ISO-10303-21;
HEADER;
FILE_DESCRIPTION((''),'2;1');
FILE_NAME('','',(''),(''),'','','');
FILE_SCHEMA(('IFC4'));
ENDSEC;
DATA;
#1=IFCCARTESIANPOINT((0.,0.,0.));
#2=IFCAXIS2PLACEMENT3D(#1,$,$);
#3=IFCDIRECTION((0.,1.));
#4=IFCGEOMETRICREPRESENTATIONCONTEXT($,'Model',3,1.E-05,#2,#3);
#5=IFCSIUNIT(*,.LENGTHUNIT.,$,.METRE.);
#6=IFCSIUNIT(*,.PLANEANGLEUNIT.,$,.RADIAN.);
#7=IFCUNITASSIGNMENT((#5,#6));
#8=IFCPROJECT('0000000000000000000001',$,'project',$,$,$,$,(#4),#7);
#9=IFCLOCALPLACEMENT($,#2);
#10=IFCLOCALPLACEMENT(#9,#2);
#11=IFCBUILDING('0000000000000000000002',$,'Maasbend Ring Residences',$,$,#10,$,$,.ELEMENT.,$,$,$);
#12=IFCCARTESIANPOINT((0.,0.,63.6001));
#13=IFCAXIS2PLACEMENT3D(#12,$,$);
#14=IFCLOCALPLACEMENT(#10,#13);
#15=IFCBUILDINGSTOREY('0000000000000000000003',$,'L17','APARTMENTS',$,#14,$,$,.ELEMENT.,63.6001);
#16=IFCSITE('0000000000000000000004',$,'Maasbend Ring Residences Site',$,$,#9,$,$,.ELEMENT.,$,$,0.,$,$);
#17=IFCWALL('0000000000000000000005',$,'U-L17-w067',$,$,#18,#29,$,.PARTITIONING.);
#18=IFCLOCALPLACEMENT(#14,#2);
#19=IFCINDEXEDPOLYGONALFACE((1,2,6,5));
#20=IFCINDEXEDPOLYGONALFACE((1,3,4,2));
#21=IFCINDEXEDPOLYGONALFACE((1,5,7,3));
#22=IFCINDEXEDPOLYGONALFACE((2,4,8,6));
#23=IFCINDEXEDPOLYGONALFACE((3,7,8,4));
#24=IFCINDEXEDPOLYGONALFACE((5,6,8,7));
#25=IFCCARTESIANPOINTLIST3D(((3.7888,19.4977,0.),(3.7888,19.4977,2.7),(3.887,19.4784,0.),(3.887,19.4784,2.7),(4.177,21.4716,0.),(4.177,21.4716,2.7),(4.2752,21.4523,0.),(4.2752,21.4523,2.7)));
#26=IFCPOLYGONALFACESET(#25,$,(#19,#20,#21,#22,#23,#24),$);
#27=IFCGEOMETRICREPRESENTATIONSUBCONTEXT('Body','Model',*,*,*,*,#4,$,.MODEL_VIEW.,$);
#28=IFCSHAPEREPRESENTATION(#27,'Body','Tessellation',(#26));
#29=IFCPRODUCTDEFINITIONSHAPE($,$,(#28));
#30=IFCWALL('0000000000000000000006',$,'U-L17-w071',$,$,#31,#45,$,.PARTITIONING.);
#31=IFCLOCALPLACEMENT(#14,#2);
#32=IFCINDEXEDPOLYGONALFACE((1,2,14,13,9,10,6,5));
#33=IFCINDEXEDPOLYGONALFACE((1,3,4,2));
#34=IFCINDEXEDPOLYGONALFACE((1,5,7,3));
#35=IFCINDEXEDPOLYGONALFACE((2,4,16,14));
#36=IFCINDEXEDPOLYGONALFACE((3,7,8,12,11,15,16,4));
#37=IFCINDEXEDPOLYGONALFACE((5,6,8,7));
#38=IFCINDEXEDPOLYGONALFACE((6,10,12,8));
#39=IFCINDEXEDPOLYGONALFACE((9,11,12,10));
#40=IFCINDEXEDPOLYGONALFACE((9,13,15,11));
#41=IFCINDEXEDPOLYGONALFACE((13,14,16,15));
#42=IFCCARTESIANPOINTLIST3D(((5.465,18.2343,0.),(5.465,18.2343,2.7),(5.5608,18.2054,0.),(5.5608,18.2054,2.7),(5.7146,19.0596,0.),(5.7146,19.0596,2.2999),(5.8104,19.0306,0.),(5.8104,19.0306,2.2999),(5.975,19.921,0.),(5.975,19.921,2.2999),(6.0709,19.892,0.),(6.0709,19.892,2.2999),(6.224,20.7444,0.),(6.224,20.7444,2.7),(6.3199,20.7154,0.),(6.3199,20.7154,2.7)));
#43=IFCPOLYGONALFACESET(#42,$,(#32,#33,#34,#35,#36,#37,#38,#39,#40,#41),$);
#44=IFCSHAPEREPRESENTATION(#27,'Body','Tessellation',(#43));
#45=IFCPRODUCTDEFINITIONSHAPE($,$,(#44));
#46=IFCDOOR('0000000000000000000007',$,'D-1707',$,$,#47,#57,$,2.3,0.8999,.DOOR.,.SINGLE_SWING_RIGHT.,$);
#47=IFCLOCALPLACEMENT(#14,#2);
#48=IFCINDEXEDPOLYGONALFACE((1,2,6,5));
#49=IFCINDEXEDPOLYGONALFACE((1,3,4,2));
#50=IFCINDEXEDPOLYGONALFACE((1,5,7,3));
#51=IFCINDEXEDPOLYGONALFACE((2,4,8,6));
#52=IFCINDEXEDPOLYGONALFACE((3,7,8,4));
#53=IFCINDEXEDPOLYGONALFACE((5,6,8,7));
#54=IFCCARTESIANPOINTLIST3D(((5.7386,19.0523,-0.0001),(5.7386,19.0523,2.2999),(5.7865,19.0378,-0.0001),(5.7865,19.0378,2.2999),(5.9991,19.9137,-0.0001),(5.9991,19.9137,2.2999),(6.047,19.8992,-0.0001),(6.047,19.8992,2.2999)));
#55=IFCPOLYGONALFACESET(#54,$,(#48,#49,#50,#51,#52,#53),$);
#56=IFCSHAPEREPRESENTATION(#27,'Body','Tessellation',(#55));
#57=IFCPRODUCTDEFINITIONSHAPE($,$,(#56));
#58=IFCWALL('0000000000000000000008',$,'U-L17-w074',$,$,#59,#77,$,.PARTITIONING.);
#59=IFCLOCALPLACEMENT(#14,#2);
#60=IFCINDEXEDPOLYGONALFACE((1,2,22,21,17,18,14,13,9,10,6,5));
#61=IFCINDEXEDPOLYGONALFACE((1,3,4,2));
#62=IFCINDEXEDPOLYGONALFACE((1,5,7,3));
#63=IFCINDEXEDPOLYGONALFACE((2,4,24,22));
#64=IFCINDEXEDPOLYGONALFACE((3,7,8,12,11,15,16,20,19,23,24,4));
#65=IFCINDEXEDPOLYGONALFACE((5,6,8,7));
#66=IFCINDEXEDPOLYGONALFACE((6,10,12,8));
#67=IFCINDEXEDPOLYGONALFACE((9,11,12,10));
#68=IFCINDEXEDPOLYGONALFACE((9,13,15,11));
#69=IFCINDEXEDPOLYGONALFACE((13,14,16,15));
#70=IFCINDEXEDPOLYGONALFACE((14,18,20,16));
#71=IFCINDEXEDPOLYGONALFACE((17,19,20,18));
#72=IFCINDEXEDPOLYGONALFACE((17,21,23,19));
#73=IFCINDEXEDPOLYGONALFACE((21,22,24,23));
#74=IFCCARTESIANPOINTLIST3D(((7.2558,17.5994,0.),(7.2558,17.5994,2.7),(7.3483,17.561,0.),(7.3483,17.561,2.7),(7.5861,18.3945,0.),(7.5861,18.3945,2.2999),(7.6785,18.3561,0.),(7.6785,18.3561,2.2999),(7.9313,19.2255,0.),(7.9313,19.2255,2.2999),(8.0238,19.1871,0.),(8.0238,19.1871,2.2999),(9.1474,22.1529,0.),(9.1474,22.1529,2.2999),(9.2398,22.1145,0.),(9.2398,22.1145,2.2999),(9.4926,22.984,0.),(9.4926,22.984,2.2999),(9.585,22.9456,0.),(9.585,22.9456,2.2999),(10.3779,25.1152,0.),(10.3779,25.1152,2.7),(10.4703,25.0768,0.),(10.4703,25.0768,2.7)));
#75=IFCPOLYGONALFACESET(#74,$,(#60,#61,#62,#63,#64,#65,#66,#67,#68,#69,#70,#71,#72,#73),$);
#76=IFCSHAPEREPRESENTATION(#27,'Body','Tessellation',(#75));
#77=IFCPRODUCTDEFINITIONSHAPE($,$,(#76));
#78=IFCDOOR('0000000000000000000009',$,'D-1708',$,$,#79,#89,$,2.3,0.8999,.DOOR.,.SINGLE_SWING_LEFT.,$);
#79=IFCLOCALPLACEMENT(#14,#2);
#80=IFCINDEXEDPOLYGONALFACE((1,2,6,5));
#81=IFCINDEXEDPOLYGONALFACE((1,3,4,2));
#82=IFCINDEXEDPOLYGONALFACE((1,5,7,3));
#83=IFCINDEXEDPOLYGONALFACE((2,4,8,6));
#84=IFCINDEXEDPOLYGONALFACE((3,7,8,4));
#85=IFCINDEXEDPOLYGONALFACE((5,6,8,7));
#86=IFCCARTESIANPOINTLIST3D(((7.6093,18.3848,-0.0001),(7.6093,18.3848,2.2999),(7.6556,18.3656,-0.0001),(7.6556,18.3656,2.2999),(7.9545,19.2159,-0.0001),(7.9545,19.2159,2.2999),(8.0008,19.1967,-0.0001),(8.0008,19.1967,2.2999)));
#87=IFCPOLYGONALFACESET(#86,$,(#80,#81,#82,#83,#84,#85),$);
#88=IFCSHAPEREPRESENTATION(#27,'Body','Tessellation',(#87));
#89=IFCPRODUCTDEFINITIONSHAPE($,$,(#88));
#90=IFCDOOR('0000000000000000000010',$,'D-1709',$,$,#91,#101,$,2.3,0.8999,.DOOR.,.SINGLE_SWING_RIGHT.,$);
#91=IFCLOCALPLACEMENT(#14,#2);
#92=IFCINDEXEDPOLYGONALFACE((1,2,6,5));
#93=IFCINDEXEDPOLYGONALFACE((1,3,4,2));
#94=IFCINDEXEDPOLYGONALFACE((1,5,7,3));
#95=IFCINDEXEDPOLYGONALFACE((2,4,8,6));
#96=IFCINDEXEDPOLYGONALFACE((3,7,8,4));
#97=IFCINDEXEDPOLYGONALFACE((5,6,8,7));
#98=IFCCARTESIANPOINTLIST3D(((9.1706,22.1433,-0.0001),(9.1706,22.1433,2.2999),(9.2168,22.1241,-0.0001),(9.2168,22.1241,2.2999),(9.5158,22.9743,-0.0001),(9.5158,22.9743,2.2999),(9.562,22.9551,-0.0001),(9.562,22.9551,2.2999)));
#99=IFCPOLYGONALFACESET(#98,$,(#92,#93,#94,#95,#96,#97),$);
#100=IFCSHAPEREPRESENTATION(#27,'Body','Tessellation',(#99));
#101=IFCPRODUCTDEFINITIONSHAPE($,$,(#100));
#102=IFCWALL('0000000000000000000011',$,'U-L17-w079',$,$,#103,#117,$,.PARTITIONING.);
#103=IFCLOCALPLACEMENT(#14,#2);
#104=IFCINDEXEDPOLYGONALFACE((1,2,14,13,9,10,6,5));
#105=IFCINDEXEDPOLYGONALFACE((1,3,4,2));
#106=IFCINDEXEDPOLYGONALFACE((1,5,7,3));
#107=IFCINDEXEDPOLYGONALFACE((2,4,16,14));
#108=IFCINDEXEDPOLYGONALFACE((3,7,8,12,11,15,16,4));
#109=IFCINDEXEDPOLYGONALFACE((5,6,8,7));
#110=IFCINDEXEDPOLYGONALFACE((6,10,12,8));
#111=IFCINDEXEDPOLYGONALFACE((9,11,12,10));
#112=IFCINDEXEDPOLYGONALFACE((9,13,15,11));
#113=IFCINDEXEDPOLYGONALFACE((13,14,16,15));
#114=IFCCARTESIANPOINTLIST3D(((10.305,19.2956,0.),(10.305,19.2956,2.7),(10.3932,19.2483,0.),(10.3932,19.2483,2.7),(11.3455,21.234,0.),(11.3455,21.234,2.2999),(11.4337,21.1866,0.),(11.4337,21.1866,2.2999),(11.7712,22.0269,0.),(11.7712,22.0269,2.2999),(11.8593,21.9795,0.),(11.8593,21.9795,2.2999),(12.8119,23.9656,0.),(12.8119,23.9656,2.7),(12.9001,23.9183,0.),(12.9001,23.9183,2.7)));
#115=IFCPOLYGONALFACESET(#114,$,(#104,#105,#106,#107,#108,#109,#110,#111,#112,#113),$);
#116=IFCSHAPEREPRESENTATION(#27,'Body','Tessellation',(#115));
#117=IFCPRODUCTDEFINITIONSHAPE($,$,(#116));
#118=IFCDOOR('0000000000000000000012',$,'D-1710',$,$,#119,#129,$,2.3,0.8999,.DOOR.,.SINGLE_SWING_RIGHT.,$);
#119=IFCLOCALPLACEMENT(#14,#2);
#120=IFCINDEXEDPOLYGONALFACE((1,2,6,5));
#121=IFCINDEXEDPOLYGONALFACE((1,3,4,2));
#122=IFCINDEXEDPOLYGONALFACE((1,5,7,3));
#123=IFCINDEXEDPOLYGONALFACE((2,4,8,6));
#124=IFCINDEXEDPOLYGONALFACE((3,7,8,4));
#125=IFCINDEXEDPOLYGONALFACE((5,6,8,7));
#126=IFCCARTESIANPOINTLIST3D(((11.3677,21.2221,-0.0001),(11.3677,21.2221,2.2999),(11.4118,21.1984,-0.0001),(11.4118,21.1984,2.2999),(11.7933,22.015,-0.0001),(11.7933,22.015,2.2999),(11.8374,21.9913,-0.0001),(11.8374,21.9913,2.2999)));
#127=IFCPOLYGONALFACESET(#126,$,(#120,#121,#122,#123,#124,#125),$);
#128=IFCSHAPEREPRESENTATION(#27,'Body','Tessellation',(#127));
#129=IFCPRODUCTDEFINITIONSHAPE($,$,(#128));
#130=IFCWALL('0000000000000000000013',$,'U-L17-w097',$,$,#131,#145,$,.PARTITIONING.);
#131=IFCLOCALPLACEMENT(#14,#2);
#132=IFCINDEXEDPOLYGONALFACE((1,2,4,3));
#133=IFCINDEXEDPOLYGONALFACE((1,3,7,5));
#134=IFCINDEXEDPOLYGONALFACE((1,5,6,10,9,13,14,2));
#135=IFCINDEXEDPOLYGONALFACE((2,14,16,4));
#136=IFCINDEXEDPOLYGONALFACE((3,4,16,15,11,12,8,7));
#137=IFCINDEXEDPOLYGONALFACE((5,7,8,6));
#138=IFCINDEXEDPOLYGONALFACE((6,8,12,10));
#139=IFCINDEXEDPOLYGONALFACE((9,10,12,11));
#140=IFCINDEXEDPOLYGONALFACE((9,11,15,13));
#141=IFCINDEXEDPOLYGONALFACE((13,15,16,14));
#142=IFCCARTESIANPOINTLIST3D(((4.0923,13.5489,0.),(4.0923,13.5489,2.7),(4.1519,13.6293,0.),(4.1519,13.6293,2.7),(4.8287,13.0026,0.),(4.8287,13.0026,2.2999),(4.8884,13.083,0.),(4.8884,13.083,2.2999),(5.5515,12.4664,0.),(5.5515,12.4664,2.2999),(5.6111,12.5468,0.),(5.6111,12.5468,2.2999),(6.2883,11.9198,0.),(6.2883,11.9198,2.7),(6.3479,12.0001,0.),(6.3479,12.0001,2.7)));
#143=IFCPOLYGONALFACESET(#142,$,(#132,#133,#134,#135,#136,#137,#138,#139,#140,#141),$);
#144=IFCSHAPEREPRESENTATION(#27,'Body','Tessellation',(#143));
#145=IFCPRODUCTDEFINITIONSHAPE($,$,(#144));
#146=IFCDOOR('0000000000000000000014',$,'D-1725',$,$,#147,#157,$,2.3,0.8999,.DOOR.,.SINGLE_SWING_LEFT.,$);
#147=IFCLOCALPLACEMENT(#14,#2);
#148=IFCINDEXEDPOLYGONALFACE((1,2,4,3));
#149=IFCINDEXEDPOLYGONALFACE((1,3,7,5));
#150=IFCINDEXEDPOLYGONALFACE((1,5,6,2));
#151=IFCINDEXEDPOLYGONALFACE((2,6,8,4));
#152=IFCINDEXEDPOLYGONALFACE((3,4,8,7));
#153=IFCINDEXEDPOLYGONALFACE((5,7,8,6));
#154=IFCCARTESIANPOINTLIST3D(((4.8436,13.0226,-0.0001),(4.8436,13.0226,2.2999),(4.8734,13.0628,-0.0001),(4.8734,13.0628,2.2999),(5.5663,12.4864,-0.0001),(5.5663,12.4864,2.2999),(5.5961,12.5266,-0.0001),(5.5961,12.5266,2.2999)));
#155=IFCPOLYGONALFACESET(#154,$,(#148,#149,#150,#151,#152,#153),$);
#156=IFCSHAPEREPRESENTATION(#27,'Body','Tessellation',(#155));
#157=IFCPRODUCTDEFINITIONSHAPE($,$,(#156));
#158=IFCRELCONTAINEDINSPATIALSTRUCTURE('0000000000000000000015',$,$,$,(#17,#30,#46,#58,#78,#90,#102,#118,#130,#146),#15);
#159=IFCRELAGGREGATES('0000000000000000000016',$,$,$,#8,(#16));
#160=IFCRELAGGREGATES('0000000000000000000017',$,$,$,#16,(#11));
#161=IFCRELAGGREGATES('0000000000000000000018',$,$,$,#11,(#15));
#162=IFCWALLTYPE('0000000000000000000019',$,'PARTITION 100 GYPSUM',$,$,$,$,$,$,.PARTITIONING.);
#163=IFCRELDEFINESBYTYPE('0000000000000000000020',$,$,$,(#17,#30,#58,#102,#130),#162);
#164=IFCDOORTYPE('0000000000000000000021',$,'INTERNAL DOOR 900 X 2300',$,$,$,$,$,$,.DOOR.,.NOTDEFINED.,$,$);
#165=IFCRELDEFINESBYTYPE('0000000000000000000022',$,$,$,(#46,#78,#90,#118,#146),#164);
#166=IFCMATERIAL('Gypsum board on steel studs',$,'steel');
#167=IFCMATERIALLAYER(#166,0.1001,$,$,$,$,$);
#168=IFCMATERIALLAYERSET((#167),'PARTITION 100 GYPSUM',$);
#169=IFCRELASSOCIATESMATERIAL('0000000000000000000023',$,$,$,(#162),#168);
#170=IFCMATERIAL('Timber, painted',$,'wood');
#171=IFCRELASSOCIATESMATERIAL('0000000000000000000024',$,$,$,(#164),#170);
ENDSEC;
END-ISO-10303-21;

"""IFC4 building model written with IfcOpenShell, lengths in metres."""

from ifc_helpers import new_model, si_unit, direction, frame, frame_2d, origin, place, context, subcontext, project, spatial, rectangle, extrude, material, layer, layer_set, type_object, element, fill, save


model = new_model("IFC4")

# Units and contexts
model_context = context("Model", 3, precision=1e-05, world=origin(), true_north=direction((0.0, 1.0)))
body_context = subcontext(model_context, "Body", "Model", "MODEL_VIEW")
ifc_project = project(units=[si_unit("LENGTHUNIT", "METRE"), si_unit("PLANEANGLEUNIT", "RADIAN")], contexts=[model_context])

# Site, building, storey
site_placement = place(None, origin())
site = spatial("IfcSite", under=ifc_project, at=site_placement, Name="Maasbend Ring Residences Site", CompositionType="ELEMENT", RefElevation=0.0)
building_placement = place(site_placement, origin())
building = spatial("IfcBuilding", under=site, at=building_placement, Name="Maasbend Ring Residences", CompositionType="ELEMENT")
storey_placement = place(building_placement, frame((0.0, 0.0, 63.6001)))
storey = spatial("IfcBuildingStorey", under=building, at=storey_placement, Name="L17", Description="APARTMENTS", CompositionType="ELEMENT", Elevation=63.6001)

# Wall
ifc_material_1 = material(Name="Gypsum board on steel studs", Category="steel")
ifc_layer_1 = layer(ifc_material_1, 0.1001)
ifc_layer_set_1 = layer_set([ifc_layer_1], Name="PARTITION 100 GYPSUM")
wall_type_1 = type_object("IfcWallType", Name="PARTITION 100 GYPSUM", PredefinedType="PARTITIONING", material=ifc_layer_set_1)
wall_1_placement = place(storey_placement, frame((3.8379, 19.488, 0.0), z_axis=(0.0, 0.0, 1.0), x_axis=(0.192964, 0.981206, 0.0)))
element("IfcWall", 1, at=wall_1_placement, inside=storey, type_object=wall_type_1, Name="U-L17-w067", PredefinedType="PARTITIONING", context=body_context, shape_type="SweptSolid", body=[
    extrude(rectangle(XDim=2.0117, YDim=0.1001, at=frame_2d((1.0059, 0.0))), origin(), (0.0, 0.0, 1.0), 2.7),
])

# Wall, opening, door
wall_2_placement = place(storey_placement, frame((5.5129, 18.22, 0.0), z_axis=(0.0, 0.0, 1.0), x_axis=(0.289457, 0.957191, 0.0)))
wall_2 = element("IfcWall", 2, at=wall_2_placement, inside=storey, type_object=wall_type_1, Name="U-L17-w071", PredefinedType="PARTITIONING", context=body_context, shape_type="SweptSolid", body=[
    extrude(rectangle(XDim=2.6223, YDim=0.1001, at=frame_2d((1.311, 0.0))), origin(), (0.0, 0.0, 1.0), 2.7),
])
opening_1_placement = place(wall_2_placement, frame((0.8621, 0.0, 0.0)))
opening_1 = element("IfcOpeningElement", 3, at=opening_1_placement, cuts=wall_2, PredefinedType="OPENING", context=body_context, shape_type="SweptSolid", body=[
    extrude(rectangle(XDim=0.8999, YDim=2.3, at=frame_2d((0.45, 1.1499))), frame((0.0, 0.0601, 0.0), z_axis=(0.0, -1.0, 0.0), x_axis=(1.0, 0.0, 0.0)), (0.0, 0.0, 1.0), 0.1201),
])
ifc_material_2 = material(Name="Timber, painted", Category="wood")
door_type_1 = type_object("IfcDoorType", Name="INTERNAL DOOR 900 X 2300", OperationType="NOTDEFINED", PredefinedType="DOOR", material=ifc_material_2)
door_1_placement = place(opening_1_placement, origin())
door_1 = element("IfcDoor", 4, at=door_1_placement, inside=storey, type_object=door_type_1, Name="D-1707", OperationType="SINGLE_SWING_RIGHT", OverallHeight=2.3, OverallWidth=0.8999, PredefinedType="DOOR", context=body_context, shape_type="SweptSolid", body=[
    extrude(rectangle(XDim=0.8999, YDim=2.3, at=frame_2d((0.45, 1.1499))), frame((0.0, 0.0249, 0.0), z_axis=(0.0, -1.0, 0.0), x_axis=(1.0, 0.0, 0.0)), (0.0, 0.0, 1.0), 0.05),
])
fill(opening_1, door_1)

# Wall, openings, doors
wall_3_placement = place(storey_placement, frame((7.302, 17.5801, 0.0), z_axis=(0.0, 0.0, 1.0), x_axis=(0.383616, 0.923493, 0.0)))
wall_3 = element("IfcWall", 5, at=wall_3_placement, inside=storey, type_object=wall_type_1, Name="U-L17-w074", PredefinedType="PARTITIONING", context=body_context, shape_type="SweptSolid", body=[
    extrude(rectangle(XDim=8.1384, YDim=0.1001, at=frame_2d((4.0693, 0.0))), origin(), (0.0, 0.0, 1.0), 2.7),
])
opening_2_placement = place(wall_3_placement, frame((0.8611, 0.0, 0.0)))
opening_2 = element("IfcOpeningElement", 6, at=opening_2_placement, cuts=wall_3, PredefinedType="OPENING", context=body_context, shape_type="SweptSolid", body=[
    extrude(rectangle(XDim=0.8999, YDim=2.3, at=frame_2d((0.45, 1.1499))), frame((0.0, 0.0601, 0.0), z_axis=(0.0, -1.0, 0.0), x_axis=(1.0, 0.0, 0.0)), (0.0, 0.0, 1.0), 0.1201),
])
opening_3_placement = place(wall_3_placement, frame((4.9309, 0.0, 0.0)))
opening_3 = element("IfcOpeningElement", 7, at=opening_3_placement, cuts=wall_3, PredefinedType="OPENING", context=body_context, shape_type="SweptSolid", body=[
    extrude(rectangle(XDim=0.8999, YDim=2.3, at=frame_2d((0.45, 1.1499))), frame((0.0, 0.0601, 0.0), z_axis=(0.0, -1.0, 0.0), x_axis=(1.0, 0.0, 0.0)), (0.0, 0.0, 1.0), 0.1201),
])
door_2_placement = place(opening_2_placement, origin())
door_2 = element("IfcDoor", 8, at=door_2_placement, inside=storey, type_object=door_type_1, Name="D-1708", OperationType="SINGLE_SWING_LEFT", OverallHeight=2.3, OverallWidth=0.8999, PredefinedType="DOOR", context=body_context, shape_type="SweptSolid", body=[
    extrude(rectangle(XDim=0.8999, YDim=2.3, at=frame_2d((0.45, 1.1499))), frame((0.0, 0.0249, 0.0), z_axis=(0.0, -1.0, 0.0), x_axis=(1.0, 0.0, 0.0)), (0.0, 0.0, 1.0), 0.05),
])
fill(opening_2, door_2)
door_3_placement = place(opening_3_placement, origin())
door_3 = element("IfcDoor", 9, at=door_3_placement, inside=storey, type_object=door_type_1, Name="D-1709", OperationType="SINGLE_SWING_RIGHT", OverallHeight=2.3, OverallWidth=0.8999, PredefinedType="DOOR", context=body_context, shape_type="SweptSolid", body=[
    extrude(rectangle(XDim=0.8999, YDim=2.3, at=frame_2d((0.45, 1.1499))), frame((0.0, 0.0249, 0.0), z_axis=(0.0, -1.0, 0.0), x_axis=(1.0, 0.0, 0.0)), (0.0, 0.0, 1.0), 0.05),
])
fill(opening_3, door_3)

# Walls, openings, doors
wall_4_placement = place(storey_placement, frame((10.3491, 19.272, 0.0), z_axis=(0.0, 0.0, 1.0), x_axis=(0.472968, 0.88108, 0.0)))
wall_4 = element("IfcWall", 10, at=wall_4_placement, inside=storey, type_object=wall_type_1, Name="U-L17-w079", PredefinedType="PARTITIONING", context=body_context, shape_type="SweptSolid", body=[
    extrude(rectangle(XDim=5.3003, YDim=0.1001, at=frame_2d((2.6501, 0.0))), origin(), (0.0, 0.0, 1.0), 2.7),
])
opening_4_placement = place(wall_4_placement, frame((2.2, 0.0, 0.0)))
opening_4 = element("IfcOpeningElement", 11, at=opening_4_placement, cuts=wall_4, PredefinedType="OPENING", context=body_context, shape_type="SweptSolid", body=[
    extrude(rectangle(XDim=0.8999, YDim=2.3, at=frame_2d((0.45, 1.1499))), frame((0.0, 0.0601, 0.0), z_axis=(0.0, -1.0, 0.0), x_axis=(1.0, 0.0, 0.0)), (0.0, 0.0, 1.0), 0.1201),
])
door_4_placement = place(opening_4_placement, origin())
door_4 = element("IfcDoor", 12, at=door_4_placement, inside=storey, type_object=door_type_1, Name="D-1710", OperationType="SINGLE_SWING_RIGHT", OverallHeight=2.3, OverallWidth=0.8999, PredefinedType="DOOR", context=body_context, shape_type="SweptSolid", body=[
    extrude(rectangle(XDim=0.8999, YDim=2.3, at=frame_2d((0.45, 1.1499))), frame((0.0, 0.0249, 0.0), z_axis=(0.0, -1.0, 0.0), x_axis=(1.0, 0.0, 0.0)), (0.0, 0.0, 1.0), 0.05),
])
fill(opening_4, door_4)
wall_5_placement = place(storey_placement, frame((4.1221, 13.5891, 0.0), z_axis=(0.0, 0.0, 1.0), x_axis=(0.803128, -0.595806, 0.0)))
wall_5 = element("IfcWall", 13, at=wall_5_placement, inside=storey, type_object=wall_type_1, Name="U-L17-w097", PredefinedType="PARTITIONING", context=body_context, shape_type="SweptSolid", body=[
    extrude(rectangle(XDim=2.7344, YDim=0.1001, at=frame_2d((1.3672, 0.0))), origin(), (0.0, 0.0, 1.0), 2.7),
])
opening_5_placement = place(wall_5_placement, frame((0.917, 0.0, 0.0)))
opening_5 = element("IfcOpeningElement", 14, at=opening_5_placement, cuts=wall_5, PredefinedType="OPENING", context=body_context, shape_type="SweptSolid", body=[
    extrude(rectangle(XDim=0.8999, YDim=2.3, at=frame_2d((0.45, 1.1499))), frame((0.0, 0.0601, 0.0), z_axis=(0.0, -1.0, 0.0), x_axis=(1.0, 0.0, 0.0)), (0.0, 0.0, 1.0), 0.1201),
])
door_5_placement = place(opening_5_placement, origin())
door_5 = element("IfcDoor", 15, at=door_5_placement, inside=storey, type_object=door_type_1, Name="D-1725", OperationType="SINGLE_SWING_LEFT", OverallHeight=2.3, OverallWidth=0.8999, PredefinedType="DOOR", context=body_context, shape_type="SweptSolid", body=[
    extrude(rectangle(XDim=0.8999, YDim=2.3, at=frame_2d((0.45, 1.1499))), frame((0.0, 0.0249, 0.0), z_axis=(0.0, -1.0, 0.0), x_axis=(1.0, 0.0, 0.0)), (0.0, 0.0, 1.0), 0.05),
])
fill(opening_5, door_5)

save(model, "model.ifc")
